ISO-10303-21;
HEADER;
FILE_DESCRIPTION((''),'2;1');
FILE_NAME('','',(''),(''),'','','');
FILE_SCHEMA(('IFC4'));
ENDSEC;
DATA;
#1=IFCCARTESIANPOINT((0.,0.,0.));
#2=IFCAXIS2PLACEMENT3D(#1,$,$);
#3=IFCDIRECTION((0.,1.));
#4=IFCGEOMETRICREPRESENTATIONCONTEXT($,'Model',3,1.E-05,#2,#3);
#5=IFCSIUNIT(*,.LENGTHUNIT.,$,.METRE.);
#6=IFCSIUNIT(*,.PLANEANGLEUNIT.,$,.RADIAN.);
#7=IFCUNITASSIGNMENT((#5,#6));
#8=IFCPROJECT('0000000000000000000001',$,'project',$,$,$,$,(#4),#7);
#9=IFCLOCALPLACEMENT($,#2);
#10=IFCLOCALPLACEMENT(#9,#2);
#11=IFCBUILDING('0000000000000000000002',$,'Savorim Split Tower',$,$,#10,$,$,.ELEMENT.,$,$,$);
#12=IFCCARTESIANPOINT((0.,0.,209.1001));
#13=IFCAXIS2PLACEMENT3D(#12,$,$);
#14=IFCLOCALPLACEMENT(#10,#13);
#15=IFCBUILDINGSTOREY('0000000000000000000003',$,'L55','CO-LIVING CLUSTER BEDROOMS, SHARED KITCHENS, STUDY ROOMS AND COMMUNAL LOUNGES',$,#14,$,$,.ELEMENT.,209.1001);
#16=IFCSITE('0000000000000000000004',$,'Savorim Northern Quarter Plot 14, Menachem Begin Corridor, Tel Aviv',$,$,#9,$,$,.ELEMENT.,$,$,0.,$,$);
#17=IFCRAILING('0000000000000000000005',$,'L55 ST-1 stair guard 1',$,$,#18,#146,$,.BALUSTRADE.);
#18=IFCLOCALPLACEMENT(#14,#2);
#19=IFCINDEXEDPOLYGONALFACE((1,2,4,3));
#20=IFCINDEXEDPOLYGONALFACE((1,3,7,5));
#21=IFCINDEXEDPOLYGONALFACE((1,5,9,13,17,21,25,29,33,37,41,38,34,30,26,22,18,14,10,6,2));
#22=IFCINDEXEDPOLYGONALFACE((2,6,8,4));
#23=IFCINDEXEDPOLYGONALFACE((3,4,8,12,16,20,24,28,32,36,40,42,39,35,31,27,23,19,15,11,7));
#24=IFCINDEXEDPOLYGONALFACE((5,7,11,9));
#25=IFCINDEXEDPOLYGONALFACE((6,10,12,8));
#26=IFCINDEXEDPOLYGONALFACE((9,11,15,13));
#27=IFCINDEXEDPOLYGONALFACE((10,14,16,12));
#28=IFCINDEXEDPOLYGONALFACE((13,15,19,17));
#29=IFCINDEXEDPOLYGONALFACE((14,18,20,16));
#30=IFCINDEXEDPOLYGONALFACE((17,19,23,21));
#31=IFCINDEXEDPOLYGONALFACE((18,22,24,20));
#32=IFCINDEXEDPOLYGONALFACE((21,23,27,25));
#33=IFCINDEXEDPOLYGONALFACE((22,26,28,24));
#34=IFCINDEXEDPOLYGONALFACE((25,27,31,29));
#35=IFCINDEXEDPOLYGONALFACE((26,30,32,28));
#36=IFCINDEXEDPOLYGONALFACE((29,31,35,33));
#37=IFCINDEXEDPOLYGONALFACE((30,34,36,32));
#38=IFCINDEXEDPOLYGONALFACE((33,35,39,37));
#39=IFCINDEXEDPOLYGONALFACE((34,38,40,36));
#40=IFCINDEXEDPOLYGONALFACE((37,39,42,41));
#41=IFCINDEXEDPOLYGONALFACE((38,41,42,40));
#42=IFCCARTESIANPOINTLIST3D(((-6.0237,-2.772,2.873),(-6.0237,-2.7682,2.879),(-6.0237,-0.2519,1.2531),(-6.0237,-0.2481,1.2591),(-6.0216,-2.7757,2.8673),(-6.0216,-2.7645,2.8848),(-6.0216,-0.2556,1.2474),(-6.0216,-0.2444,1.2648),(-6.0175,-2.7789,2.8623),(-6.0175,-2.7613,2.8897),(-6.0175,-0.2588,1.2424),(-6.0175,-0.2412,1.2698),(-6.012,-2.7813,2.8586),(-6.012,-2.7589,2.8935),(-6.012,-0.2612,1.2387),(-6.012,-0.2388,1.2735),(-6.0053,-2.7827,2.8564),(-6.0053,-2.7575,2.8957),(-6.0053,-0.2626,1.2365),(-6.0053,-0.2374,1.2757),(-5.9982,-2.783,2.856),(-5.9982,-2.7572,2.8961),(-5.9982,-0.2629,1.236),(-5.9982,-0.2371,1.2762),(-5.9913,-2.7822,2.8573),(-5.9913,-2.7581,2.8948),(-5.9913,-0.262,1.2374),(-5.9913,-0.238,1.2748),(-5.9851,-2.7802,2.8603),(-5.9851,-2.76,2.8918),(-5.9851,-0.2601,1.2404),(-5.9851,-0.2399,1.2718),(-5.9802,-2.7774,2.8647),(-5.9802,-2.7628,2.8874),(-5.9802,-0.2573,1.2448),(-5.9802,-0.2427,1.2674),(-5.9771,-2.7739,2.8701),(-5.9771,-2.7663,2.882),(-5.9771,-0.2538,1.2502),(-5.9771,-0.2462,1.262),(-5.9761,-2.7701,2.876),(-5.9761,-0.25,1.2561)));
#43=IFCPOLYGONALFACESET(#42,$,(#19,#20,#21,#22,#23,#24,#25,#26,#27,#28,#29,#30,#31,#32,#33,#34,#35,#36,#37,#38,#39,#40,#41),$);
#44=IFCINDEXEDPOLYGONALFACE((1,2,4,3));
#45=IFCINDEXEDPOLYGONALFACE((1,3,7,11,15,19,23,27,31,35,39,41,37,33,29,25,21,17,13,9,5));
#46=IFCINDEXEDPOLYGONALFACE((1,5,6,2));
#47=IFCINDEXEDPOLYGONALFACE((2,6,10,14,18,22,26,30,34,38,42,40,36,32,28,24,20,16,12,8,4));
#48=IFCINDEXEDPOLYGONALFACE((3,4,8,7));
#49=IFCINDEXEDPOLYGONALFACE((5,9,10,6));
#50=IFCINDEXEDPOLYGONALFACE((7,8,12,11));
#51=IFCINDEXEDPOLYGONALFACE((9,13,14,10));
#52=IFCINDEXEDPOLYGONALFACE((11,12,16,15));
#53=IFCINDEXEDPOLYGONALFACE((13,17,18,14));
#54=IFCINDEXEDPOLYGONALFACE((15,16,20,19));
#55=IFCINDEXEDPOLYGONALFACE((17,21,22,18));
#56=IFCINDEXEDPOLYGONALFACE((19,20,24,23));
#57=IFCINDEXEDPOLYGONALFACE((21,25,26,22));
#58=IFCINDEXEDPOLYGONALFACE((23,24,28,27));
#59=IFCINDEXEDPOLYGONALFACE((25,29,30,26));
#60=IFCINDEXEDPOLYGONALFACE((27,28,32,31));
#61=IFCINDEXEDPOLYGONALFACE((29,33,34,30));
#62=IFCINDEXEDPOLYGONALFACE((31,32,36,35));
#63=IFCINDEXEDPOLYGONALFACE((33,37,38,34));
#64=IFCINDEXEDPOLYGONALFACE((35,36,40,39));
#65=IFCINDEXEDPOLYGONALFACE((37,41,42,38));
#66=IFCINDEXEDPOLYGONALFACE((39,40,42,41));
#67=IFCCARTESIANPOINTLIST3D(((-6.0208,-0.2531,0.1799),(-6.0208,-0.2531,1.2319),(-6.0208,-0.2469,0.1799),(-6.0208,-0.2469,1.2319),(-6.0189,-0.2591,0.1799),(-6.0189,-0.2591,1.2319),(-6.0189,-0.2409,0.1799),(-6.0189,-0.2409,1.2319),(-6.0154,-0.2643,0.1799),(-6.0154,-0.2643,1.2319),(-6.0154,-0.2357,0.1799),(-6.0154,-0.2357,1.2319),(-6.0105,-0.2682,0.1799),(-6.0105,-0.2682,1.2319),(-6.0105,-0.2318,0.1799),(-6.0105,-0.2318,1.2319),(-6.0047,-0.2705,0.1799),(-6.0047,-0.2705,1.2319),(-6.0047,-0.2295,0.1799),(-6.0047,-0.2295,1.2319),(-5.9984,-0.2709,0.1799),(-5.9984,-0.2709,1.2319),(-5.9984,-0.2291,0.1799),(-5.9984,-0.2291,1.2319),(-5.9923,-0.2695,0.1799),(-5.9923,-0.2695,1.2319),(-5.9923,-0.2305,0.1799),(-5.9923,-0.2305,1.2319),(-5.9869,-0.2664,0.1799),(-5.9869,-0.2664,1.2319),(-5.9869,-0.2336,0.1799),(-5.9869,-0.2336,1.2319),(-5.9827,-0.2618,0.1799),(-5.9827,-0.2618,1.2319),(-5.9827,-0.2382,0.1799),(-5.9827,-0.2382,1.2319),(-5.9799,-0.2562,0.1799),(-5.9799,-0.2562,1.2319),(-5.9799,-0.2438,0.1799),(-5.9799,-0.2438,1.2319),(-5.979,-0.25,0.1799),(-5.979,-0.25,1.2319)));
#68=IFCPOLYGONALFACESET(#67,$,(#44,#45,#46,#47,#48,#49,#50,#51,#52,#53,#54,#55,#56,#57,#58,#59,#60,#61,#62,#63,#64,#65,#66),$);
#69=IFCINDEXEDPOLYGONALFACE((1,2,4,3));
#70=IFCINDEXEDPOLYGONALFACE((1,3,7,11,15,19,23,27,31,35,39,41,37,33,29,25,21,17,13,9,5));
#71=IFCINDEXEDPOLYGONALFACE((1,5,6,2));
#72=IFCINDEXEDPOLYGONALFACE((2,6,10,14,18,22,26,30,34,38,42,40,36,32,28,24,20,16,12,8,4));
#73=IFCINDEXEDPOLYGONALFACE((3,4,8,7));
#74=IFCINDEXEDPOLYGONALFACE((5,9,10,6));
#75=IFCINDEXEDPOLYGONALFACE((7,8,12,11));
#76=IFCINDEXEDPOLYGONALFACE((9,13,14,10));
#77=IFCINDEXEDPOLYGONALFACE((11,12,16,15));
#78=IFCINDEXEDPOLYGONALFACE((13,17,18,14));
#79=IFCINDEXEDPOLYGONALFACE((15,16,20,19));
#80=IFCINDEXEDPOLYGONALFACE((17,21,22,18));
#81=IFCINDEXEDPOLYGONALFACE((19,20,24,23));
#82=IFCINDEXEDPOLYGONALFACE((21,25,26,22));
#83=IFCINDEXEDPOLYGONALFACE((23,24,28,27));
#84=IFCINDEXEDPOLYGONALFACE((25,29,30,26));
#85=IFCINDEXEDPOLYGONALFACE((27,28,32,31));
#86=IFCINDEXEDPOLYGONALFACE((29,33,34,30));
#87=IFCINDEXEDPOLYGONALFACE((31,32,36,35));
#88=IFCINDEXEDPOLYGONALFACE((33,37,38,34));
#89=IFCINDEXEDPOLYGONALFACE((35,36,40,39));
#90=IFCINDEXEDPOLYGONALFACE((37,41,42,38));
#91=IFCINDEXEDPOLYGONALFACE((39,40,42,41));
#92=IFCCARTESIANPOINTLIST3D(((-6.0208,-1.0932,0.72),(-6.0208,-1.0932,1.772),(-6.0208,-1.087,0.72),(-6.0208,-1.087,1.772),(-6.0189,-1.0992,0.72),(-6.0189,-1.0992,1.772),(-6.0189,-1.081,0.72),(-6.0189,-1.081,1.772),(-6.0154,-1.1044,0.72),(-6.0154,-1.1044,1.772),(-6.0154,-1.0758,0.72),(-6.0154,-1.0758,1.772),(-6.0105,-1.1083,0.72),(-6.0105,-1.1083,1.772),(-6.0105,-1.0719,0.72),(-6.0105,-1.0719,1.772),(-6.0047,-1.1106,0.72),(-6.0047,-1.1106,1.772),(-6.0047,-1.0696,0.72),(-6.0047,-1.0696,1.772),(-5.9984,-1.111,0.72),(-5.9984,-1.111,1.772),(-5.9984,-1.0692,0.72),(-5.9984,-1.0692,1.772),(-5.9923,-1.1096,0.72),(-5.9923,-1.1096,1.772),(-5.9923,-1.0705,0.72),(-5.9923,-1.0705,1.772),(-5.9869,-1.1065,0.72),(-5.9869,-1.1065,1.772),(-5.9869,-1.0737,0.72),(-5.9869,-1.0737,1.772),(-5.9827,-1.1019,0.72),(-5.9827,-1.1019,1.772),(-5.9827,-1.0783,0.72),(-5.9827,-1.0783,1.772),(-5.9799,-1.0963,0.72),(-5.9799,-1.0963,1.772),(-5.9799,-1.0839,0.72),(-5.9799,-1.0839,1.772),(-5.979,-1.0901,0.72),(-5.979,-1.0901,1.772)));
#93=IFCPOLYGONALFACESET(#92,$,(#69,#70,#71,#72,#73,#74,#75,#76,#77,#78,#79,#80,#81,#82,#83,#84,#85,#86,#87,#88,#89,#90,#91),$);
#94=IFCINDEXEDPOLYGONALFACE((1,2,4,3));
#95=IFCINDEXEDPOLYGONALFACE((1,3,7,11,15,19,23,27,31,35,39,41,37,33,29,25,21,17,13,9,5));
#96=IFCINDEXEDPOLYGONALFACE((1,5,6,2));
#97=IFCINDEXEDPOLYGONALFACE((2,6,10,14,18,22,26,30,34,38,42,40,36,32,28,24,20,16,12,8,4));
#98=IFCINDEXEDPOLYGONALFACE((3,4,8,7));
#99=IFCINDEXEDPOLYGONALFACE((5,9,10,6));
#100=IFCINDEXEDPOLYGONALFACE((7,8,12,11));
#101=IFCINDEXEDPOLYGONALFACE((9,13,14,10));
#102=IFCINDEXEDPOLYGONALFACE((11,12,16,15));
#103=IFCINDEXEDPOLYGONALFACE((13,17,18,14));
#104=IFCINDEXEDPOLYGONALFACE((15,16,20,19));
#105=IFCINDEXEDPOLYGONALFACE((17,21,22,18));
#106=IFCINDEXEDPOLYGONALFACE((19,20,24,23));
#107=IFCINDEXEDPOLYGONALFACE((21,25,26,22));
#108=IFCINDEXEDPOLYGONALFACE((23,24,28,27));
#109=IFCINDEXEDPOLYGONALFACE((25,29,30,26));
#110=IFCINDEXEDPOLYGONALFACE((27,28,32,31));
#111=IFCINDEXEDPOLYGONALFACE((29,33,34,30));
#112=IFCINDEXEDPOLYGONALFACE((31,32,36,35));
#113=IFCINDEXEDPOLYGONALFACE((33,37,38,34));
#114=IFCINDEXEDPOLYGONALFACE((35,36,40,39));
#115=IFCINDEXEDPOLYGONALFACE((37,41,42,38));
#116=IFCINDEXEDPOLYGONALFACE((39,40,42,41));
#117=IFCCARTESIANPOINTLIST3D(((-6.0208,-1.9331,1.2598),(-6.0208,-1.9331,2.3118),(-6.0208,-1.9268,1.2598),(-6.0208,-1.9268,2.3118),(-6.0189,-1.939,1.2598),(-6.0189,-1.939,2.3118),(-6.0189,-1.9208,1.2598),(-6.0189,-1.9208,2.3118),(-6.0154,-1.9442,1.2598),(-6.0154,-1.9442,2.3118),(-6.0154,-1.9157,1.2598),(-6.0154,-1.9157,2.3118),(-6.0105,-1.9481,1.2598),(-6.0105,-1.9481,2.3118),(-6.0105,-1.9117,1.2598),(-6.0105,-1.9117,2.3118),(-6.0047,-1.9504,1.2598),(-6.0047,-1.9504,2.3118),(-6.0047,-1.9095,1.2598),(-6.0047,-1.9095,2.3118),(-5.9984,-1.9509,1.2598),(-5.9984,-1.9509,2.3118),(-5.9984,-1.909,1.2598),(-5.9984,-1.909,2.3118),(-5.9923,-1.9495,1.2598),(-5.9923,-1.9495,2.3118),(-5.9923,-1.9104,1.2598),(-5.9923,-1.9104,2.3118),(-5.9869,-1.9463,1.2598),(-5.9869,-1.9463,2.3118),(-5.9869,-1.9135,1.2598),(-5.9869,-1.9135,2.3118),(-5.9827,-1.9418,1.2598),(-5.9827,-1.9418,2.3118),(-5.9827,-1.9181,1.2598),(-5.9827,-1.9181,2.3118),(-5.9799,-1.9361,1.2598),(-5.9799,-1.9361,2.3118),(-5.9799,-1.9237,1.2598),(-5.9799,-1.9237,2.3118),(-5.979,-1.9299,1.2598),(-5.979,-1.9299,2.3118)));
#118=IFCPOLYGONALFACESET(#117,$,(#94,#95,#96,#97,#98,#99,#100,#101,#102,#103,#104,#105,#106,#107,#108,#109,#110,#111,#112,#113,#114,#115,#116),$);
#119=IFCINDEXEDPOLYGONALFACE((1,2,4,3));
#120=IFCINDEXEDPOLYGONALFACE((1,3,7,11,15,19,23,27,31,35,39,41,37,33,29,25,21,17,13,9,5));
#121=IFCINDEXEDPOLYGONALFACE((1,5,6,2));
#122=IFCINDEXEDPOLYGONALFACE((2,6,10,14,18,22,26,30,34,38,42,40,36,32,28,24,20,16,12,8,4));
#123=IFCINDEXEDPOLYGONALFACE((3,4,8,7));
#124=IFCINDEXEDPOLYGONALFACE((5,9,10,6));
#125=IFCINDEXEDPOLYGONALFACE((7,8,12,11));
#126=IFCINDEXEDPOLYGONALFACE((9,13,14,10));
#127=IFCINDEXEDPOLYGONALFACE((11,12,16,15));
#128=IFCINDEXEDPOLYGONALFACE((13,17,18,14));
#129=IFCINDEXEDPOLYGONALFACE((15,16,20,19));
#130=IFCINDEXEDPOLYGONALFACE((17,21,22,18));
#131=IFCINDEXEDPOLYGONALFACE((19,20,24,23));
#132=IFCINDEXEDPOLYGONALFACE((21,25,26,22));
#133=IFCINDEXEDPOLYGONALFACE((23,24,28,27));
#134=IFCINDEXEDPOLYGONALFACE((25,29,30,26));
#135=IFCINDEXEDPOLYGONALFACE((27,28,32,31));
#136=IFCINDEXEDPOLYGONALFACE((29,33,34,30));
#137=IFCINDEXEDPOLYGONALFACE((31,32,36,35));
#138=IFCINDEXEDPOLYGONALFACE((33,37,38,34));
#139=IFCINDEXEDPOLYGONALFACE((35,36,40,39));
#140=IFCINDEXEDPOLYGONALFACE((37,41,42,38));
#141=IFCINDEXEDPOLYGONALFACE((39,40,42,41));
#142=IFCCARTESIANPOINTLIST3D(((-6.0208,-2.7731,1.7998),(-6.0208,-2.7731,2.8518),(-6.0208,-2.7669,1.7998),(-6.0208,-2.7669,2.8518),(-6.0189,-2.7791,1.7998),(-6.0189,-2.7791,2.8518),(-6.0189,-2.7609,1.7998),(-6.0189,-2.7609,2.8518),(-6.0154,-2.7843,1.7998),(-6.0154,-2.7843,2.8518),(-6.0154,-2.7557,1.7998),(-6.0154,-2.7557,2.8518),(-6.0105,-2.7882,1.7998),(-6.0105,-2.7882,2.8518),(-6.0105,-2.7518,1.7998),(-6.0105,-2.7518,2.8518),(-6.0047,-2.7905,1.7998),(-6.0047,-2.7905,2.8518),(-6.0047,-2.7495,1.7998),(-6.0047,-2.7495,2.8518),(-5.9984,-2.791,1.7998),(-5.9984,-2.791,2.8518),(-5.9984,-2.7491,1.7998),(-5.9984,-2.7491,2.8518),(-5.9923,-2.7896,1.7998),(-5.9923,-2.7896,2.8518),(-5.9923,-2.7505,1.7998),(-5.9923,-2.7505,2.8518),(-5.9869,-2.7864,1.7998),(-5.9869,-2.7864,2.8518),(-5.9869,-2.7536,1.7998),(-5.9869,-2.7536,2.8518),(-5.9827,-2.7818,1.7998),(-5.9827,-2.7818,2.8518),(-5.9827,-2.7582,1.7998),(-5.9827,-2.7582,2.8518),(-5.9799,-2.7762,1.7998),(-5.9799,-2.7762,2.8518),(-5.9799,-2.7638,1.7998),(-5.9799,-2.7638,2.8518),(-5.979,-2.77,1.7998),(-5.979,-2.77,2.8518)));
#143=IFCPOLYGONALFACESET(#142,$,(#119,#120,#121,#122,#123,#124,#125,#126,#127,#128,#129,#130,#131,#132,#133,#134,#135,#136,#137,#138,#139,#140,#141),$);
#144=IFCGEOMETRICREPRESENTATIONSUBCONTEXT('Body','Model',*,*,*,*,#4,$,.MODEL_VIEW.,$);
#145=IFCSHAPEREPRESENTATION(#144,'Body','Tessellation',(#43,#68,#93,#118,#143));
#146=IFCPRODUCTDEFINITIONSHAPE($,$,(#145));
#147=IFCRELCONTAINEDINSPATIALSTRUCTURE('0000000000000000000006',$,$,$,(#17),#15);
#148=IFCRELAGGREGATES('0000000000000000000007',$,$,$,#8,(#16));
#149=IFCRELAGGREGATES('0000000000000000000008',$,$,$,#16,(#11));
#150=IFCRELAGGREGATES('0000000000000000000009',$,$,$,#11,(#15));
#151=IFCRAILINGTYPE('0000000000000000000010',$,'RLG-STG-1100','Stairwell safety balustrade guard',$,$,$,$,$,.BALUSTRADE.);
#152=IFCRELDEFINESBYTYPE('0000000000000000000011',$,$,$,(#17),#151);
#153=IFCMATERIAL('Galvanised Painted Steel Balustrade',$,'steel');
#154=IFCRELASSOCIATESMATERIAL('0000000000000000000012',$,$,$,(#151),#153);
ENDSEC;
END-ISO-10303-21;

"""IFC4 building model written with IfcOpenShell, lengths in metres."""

from ifc_helpers import new_model, si_unit, direction, frame, origin, origin_2d, place, context, subcontext, project, spatial, circle, extrude, material, type_object, element, save


model = new_model("IFC4")

# Units and contexts
model_context = context("Model", 3, precision=1e-05, world=origin(), true_north=direction((0.0, 1.0)))
body_context = subcontext(model_context, "Body", "Model", "MODEL_VIEW")
ifc_project = project(units=[si_unit("LENGTHUNIT", "METRE"), si_unit("PLANEANGLEUNIT", "RADIAN")], contexts=[model_context])

# Site, building, storey
site_placement = place(None, origin())
site = spatial("IfcSite", under=ifc_project, at=site_placement, Name="Savorim Northern Quarter Plot 14, Menachem Begin Corridor, Tel Aviv", CompositionType="ELEMENT", RefElevation=0.0)
building_placement = place(site_placement, origin())
building = spatial("IfcBuilding", under=site, at=building_placement, Name="Savorim Split Tower", CompositionType="ELEMENT")
storey_placement = place(building_placement, frame((0.0, 0.0, 209.1001)))
storey = spatial("IfcBuildingStorey", under=building, at=storey_placement, Name="L55", Description="CO-LIVING CLUSTER BEDROOMS, SHARED KITCHENS, STUDY ROOMS AND COMMUNAL LOUNGES", CompositionType="ELEMENT", Elevation=209.1001)

# Railing
ifc_material_1 = material(Name="Galvanised Painted Steel Balustrade", Category="steel")
railing_type_1 = type_object("IfcRailingType", Name="RLG-STG-1100", Description="Stairwell safety balustrade guard", PredefinedType="BALUSTRADE", material=ifc_material_1)
railing_1_placement = place(storey_placement, frame((-6.0, -0.25, 0.1799)))
element("IfcRailing", 1, at=railing_1_placement, inside=storey, type_object=railing_type_1, Name="L55 ST-1 stair guard 1", PredefinedType="BALUSTRADE", context=body_context, shape_type="SweptSolid", body=[
    extrude(circle(Radius=0.0239, at=origin_2d()), frame((0.0, 0.0, 1.0762), z_axis=(0.0, -0.8412, 0.540725), x_axis=(1.0, 0.0, 0.0)), (0.0, 0.0, 1.0), 2.9958),
    extrude(circle(Radius=0.021, at=origin_2d()), origin(), (0.0, 0.0, 1.0), 1.052),
    extrude(circle(Radius=0.021, at=origin_2d()), frame((0.0, -0.8401, 0.54)), (0.0, 0.0, 1.0), 1.052),
    extrude(circle(Radius=0.021, at=origin_2d()), frame((0.0, -1.6799, 1.0798)), (0.0, 0.0, 1.0), 1.052),
    extrude(circle(Radius=0.021, at=origin_2d()), frame((0.0, -2.52, 1.6199)), (0.0, 0.0, 1.0), 1.052),
])

save(model, "model.ifc")
